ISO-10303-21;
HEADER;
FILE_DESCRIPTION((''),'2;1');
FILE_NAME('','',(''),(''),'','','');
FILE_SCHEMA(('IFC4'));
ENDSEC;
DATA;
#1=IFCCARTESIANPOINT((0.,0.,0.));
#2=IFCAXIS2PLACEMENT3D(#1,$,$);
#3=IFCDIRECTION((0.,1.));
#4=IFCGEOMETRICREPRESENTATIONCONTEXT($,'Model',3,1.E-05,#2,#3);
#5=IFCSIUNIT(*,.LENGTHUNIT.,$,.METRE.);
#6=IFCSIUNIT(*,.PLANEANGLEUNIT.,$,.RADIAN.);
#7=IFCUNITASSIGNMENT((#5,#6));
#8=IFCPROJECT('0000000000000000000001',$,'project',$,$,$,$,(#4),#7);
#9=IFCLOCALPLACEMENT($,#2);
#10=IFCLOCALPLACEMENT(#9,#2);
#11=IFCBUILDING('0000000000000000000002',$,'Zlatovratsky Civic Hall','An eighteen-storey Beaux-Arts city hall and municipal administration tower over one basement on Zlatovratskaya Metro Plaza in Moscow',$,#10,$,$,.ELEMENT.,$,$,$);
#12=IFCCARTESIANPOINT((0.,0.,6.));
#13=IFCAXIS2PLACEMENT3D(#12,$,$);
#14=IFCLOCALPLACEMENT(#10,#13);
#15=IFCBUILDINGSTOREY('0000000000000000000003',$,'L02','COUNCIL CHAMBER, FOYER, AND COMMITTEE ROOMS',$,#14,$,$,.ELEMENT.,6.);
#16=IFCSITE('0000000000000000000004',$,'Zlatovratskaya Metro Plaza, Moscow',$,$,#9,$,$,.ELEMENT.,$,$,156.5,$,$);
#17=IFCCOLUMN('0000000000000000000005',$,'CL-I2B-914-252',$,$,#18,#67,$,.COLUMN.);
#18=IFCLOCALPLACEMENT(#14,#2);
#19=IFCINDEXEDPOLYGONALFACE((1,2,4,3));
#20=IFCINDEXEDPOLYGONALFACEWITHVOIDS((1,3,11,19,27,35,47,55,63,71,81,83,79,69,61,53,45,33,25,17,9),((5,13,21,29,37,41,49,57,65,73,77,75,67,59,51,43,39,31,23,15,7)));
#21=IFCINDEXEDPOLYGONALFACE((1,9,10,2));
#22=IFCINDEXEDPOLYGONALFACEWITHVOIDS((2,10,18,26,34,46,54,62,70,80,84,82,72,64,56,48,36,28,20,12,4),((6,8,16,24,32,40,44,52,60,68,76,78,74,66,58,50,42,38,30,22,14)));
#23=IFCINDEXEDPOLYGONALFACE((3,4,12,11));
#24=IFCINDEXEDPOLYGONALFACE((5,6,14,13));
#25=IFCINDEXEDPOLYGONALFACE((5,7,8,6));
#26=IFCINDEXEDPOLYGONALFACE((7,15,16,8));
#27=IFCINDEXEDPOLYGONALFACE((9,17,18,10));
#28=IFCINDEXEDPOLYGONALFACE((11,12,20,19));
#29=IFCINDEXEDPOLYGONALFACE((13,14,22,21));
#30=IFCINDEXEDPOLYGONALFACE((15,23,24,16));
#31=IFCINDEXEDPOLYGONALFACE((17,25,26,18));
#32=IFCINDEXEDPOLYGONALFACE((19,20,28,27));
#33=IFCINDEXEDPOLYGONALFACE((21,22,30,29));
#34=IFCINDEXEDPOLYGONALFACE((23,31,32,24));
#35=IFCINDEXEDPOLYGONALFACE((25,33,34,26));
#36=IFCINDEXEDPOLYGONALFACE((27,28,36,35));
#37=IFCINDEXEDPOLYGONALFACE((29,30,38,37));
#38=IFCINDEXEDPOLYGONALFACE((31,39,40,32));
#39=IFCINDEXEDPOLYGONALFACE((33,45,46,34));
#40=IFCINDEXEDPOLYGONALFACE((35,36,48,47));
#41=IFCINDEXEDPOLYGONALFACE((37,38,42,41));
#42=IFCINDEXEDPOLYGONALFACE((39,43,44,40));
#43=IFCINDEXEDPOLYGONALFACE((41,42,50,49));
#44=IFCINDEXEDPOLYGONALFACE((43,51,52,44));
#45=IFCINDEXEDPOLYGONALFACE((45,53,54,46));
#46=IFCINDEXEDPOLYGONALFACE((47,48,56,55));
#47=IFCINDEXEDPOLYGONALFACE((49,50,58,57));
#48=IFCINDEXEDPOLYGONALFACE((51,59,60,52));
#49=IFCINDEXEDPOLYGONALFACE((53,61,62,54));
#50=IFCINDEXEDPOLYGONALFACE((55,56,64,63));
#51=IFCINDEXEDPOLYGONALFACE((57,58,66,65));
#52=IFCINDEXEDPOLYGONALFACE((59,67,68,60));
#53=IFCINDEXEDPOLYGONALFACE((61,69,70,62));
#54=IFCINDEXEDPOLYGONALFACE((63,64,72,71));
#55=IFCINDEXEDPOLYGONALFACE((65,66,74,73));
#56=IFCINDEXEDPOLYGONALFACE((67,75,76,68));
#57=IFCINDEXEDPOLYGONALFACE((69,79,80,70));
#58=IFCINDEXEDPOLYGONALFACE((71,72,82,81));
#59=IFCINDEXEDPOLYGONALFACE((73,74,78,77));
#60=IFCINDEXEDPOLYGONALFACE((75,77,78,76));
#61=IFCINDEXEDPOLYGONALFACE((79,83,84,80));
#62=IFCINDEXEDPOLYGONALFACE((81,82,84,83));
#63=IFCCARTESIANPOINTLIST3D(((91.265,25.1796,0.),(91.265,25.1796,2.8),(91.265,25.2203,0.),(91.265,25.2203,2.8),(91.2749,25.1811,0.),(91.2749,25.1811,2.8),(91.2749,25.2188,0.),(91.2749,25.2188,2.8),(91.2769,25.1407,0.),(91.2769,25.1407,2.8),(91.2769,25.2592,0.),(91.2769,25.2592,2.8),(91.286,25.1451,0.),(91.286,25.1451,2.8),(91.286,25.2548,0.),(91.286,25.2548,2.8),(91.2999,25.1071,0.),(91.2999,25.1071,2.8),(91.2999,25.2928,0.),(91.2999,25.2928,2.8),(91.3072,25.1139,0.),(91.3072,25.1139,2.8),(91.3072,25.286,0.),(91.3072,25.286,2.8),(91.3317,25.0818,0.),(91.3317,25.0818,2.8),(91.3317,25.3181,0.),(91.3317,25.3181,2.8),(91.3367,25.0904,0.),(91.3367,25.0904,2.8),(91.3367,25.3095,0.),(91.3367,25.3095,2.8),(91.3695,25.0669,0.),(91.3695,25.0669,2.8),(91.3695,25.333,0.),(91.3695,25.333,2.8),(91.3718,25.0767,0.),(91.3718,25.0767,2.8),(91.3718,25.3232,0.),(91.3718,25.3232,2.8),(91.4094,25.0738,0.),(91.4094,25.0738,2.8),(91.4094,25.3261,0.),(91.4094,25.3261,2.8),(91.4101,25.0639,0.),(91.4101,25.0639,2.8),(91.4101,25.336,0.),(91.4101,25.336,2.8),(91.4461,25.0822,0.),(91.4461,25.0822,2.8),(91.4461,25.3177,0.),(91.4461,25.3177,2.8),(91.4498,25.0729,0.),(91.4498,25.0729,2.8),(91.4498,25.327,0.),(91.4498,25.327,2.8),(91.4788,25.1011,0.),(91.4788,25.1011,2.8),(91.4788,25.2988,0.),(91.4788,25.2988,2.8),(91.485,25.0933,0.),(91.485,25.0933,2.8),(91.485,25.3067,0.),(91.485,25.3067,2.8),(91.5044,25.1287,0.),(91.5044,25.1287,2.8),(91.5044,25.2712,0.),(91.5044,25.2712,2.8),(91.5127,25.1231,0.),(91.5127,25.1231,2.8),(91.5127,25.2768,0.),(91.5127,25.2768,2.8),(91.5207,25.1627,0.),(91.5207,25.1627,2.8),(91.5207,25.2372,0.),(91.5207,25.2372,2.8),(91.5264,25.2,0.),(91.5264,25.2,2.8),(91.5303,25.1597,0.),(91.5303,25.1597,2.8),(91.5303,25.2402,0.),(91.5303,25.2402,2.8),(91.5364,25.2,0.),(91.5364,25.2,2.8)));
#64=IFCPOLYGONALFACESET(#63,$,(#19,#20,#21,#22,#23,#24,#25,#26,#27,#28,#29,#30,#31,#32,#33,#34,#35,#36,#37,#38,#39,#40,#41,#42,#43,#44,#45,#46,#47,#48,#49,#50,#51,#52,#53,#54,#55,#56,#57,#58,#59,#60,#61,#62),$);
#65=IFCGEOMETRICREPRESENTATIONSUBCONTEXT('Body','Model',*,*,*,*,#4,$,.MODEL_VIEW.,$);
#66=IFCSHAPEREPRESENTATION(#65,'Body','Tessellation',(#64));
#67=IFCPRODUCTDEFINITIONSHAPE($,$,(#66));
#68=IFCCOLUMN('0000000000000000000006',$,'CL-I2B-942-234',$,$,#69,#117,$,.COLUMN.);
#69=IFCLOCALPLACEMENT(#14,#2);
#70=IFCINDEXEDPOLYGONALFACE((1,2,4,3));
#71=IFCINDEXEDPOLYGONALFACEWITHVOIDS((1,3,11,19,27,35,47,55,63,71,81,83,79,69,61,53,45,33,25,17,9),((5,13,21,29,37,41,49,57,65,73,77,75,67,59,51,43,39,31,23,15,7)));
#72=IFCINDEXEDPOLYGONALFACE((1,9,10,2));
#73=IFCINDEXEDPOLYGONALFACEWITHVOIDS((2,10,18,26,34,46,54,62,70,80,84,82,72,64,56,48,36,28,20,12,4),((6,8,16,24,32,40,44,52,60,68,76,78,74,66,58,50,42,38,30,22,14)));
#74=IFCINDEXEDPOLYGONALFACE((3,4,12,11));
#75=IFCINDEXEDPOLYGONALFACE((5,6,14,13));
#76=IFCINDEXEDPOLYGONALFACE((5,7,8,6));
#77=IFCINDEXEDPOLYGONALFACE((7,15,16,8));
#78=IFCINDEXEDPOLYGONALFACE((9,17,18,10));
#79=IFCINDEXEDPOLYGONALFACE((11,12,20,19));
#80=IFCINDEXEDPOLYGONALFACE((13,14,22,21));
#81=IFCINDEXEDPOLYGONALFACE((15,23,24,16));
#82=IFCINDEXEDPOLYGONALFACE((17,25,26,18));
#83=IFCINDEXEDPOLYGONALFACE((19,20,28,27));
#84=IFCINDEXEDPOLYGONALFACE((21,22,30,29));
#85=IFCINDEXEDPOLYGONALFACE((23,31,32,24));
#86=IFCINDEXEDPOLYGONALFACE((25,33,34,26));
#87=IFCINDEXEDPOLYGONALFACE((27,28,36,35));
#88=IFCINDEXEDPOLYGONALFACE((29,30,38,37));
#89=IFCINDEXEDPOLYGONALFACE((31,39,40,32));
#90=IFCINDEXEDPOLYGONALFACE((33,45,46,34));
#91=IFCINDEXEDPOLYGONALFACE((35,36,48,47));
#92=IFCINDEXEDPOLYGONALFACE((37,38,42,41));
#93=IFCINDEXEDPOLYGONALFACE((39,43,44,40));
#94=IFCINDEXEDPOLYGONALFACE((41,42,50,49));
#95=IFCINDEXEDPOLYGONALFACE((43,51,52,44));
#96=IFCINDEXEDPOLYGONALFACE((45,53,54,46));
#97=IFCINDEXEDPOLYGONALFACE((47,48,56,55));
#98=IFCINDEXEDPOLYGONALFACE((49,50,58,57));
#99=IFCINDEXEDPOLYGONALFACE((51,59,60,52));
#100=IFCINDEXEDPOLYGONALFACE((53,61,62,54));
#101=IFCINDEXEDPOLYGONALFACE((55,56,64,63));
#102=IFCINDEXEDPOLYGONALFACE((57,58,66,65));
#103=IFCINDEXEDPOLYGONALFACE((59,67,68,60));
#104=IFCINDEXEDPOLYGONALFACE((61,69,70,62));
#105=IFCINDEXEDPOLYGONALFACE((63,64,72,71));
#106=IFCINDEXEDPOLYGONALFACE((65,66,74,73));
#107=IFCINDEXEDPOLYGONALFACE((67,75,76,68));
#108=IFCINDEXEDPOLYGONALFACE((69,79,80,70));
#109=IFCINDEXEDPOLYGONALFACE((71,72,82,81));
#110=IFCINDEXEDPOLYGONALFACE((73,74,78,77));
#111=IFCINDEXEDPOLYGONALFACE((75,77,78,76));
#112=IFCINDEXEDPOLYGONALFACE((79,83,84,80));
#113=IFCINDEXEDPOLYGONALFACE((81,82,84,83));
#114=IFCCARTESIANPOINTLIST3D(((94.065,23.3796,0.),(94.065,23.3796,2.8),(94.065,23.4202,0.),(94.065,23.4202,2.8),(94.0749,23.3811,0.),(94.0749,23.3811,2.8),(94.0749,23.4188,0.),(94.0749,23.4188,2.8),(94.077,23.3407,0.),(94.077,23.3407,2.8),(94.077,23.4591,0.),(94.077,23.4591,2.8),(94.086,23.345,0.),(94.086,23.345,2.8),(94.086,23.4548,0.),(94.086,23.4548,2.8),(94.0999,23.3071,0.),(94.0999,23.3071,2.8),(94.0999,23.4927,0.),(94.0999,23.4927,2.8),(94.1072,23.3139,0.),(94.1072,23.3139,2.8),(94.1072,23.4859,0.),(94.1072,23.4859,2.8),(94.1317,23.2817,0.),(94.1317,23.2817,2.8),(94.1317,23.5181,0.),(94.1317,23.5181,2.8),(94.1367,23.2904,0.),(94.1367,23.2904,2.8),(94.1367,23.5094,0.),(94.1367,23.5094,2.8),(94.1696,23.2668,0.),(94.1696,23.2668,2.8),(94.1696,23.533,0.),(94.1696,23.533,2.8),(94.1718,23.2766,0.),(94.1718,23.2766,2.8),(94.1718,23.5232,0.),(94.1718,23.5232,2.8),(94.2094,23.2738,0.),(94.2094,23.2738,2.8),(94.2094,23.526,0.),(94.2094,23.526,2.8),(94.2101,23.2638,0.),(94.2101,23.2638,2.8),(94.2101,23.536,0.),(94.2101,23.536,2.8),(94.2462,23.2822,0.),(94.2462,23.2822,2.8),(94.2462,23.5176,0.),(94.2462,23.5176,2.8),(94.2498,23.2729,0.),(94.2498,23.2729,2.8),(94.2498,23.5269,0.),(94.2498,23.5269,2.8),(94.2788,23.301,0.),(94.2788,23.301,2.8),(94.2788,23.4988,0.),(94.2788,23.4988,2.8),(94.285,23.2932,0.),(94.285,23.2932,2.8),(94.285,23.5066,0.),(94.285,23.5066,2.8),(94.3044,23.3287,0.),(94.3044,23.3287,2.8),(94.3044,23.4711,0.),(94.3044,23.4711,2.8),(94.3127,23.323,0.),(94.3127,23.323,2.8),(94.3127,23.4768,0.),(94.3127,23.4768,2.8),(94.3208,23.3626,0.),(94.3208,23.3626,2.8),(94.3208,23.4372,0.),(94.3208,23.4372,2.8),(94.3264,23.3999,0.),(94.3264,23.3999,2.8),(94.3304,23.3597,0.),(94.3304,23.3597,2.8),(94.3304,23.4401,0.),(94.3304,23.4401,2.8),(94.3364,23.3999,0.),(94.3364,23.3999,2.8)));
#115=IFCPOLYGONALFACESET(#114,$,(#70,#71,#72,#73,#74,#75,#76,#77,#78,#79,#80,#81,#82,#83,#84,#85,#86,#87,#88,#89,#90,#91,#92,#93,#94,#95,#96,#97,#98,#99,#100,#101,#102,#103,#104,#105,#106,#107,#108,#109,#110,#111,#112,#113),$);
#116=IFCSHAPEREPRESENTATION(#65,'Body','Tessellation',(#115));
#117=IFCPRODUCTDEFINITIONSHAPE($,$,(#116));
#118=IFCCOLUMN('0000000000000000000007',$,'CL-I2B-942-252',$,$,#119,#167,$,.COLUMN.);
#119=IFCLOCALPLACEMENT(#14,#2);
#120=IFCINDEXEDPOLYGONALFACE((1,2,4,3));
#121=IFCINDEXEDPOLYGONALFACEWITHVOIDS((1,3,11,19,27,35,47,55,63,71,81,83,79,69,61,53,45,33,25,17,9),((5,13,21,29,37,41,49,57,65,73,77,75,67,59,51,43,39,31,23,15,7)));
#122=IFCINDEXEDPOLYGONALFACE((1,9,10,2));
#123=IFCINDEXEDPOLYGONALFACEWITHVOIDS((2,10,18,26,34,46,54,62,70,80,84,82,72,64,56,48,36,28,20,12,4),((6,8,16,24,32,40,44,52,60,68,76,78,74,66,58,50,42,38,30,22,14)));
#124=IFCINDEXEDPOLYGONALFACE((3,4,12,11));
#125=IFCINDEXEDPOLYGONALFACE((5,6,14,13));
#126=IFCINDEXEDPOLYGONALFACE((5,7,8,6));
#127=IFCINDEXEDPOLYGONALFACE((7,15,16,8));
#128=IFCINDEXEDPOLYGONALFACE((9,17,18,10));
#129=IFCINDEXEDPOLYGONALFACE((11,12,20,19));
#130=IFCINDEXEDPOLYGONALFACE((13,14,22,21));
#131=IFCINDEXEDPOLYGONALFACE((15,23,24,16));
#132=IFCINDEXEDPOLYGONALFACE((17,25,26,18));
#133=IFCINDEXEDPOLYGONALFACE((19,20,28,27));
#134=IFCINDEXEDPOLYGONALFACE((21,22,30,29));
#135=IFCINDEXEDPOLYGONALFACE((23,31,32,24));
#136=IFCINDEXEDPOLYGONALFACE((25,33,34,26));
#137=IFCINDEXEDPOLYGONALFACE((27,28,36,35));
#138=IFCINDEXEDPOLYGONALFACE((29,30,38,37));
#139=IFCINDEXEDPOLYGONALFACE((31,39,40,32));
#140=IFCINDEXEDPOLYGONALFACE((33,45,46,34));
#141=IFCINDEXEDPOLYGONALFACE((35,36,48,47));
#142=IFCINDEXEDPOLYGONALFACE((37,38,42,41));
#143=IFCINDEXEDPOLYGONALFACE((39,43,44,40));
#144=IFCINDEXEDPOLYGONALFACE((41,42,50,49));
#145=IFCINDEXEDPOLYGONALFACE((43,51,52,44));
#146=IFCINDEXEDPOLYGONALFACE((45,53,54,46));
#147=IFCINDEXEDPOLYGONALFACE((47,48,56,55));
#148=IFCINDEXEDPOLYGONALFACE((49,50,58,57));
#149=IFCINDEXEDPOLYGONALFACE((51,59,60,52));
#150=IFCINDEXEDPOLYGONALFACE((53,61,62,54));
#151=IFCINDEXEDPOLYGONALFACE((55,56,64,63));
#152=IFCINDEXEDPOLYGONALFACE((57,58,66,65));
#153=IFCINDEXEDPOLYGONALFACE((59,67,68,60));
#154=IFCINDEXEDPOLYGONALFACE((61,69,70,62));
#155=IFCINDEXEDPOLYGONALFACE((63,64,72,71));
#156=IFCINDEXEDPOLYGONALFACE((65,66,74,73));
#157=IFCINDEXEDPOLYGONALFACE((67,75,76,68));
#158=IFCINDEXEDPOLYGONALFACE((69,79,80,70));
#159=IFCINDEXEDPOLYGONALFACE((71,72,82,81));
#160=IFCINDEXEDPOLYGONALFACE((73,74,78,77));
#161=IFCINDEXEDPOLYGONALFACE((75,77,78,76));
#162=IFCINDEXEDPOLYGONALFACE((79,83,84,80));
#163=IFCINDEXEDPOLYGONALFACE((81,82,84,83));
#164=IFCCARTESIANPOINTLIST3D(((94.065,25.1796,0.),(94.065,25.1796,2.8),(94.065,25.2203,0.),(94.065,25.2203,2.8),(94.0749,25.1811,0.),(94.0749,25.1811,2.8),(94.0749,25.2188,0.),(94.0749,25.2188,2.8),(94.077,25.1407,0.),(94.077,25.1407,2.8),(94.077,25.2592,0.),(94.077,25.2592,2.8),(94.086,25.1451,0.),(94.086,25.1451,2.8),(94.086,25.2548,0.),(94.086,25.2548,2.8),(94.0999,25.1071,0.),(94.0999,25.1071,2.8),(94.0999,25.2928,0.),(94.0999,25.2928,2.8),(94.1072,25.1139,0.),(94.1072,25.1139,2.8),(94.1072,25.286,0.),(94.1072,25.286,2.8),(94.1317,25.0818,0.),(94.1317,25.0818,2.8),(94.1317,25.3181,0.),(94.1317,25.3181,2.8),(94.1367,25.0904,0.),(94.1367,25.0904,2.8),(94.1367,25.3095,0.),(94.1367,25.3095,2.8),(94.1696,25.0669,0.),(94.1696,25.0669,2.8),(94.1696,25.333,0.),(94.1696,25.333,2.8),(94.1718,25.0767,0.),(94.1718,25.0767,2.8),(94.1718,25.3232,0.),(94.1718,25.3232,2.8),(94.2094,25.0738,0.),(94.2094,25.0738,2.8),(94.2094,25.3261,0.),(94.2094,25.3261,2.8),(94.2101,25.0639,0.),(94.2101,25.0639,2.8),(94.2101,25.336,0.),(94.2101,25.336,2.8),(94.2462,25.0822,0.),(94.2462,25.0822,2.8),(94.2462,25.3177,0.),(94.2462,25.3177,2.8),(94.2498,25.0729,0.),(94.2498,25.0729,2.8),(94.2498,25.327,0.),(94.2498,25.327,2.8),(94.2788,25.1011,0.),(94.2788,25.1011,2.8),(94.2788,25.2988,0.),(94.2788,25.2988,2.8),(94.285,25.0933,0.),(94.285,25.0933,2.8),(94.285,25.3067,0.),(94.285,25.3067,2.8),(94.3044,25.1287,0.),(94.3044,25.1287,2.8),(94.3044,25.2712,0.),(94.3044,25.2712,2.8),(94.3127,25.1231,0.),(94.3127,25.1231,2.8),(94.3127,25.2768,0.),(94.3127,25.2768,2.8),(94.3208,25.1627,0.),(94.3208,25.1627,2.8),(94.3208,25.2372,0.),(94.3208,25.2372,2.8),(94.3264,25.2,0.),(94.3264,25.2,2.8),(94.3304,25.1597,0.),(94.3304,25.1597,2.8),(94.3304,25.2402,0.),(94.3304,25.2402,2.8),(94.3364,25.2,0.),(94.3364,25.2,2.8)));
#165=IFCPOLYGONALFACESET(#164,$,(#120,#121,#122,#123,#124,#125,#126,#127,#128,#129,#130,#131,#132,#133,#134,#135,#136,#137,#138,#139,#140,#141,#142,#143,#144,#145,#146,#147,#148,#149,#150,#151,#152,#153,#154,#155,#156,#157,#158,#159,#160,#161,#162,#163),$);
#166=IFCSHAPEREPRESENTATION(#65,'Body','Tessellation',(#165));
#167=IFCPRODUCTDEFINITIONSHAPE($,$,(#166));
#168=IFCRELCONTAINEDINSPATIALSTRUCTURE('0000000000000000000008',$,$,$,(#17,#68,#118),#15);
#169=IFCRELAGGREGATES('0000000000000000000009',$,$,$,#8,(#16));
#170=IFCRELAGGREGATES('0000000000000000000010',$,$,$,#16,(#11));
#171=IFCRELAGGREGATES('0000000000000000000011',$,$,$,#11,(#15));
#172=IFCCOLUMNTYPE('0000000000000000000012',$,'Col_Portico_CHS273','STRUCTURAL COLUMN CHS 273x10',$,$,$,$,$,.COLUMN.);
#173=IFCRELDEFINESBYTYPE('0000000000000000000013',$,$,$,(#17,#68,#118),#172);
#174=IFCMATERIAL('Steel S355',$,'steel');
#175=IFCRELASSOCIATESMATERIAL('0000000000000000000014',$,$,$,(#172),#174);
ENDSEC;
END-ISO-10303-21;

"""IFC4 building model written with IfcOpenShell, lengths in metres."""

from ifc_helpers import new_model, si_unit, direction, frame, origin, origin_2d, place, context, subcontext, project, spatial, hollow_circle, extrude, material, material_profile, profile_set, type_object, element, save


model = new_model("IFC4")

# Units and contexts
model_context = context("Model", 3, precision=1e-05, world=origin(), true_north=direction((0.0, 1.0)))
body_context = subcontext(model_context, "Body", "Model", "MODEL_VIEW")
ifc_project = project(units=[si_unit("LENGTHUNIT", "METRE"), si_unit("PLANEANGLEUNIT", "RADIAN")], contexts=[model_context])

# Site, building, storey
site_placement = place(None, origin())
site = spatial("IfcSite", under=ifc_project, at=site_placement, Name="Zlatovratskaya Metro Plaza, Moscow", CompositionType="ELEMENT", RefElevation=156.5)
building_placement = place(site_placement, origin())
building = spatial("IfcBuilding", under=site, at=building_placement, Name="Zlatovratsky Civic Hall", Description="An eighteen-storey Beaux-Arts city hall and municipal administration tower over one basement on Zlatovratskaya Metro Plaza in Moscow", CompositionType="ELEMENT")
storey_placement = place(building_placement, frame((0.0, 0.0, 6.0)))
storey = spatial("IfcBuildingStorey", under=building, at=storey_placement, Name="L02", Description="COUNCIL CHAMBER, FOYER, AND COMMITTEE ROOMS", CompositionType="ELEMENT", Elevation=6.0)

# Columns
ifc_material_1 = material(Name="Steel S355", Category="steel")
ifc_material_profile_1 = material_profile(ifc_material_1, hollow_circle(Radius=0.1365, WallThickness=0.01, at=origin_2d()), Name="CHS 273x10")
ifc_profile_set_1 = profile_set([ifc_material_profile_1], Name="Steel S355")
column_type_1 = type_object("IfcColumnType", Name="Col_Portico_CHS273", Description="STRUCTURAL COLUMN CHS 273x10", PredefinedType="COLUMN", material=ifc_profile_set_1)
for number, where, z_axis, x_axis, name in (
    (1, (91.3999, 25.2, 0.0), (0.0, 0.0, 1.0), (1.0, 0.0, 0.0), "CL-I2B-914-252"),
    (2, (94.2, 23.3999, 0.0), (0.0, 0.0, 1.0), (1.0, 0.0, 0.0), "CL-I2B-942-234"),
    (3, (94.2, 25.2, 0.0), (0.0, 0.0, 1.0), (1.0, 0.0, 0.0), "CL-I2B-942-252"),
):
    element("IfcColumn", number, at=place(storey_placement, frame(where, z_axis=z_axis, x_axis=x_axis)), inside=storey, type_object=column_type_1, Name=name, PredefinedType="COLUMN", context=body_context, shape_type="SweptSolid", body=[
        extrude(hollow_circle(Radius=0.1365, WallThickness=0.01, at=origin_2d()), origin(), (0.0, 0.0, 1.0), 2.8),
    ])

save(model, "model.ifc")
